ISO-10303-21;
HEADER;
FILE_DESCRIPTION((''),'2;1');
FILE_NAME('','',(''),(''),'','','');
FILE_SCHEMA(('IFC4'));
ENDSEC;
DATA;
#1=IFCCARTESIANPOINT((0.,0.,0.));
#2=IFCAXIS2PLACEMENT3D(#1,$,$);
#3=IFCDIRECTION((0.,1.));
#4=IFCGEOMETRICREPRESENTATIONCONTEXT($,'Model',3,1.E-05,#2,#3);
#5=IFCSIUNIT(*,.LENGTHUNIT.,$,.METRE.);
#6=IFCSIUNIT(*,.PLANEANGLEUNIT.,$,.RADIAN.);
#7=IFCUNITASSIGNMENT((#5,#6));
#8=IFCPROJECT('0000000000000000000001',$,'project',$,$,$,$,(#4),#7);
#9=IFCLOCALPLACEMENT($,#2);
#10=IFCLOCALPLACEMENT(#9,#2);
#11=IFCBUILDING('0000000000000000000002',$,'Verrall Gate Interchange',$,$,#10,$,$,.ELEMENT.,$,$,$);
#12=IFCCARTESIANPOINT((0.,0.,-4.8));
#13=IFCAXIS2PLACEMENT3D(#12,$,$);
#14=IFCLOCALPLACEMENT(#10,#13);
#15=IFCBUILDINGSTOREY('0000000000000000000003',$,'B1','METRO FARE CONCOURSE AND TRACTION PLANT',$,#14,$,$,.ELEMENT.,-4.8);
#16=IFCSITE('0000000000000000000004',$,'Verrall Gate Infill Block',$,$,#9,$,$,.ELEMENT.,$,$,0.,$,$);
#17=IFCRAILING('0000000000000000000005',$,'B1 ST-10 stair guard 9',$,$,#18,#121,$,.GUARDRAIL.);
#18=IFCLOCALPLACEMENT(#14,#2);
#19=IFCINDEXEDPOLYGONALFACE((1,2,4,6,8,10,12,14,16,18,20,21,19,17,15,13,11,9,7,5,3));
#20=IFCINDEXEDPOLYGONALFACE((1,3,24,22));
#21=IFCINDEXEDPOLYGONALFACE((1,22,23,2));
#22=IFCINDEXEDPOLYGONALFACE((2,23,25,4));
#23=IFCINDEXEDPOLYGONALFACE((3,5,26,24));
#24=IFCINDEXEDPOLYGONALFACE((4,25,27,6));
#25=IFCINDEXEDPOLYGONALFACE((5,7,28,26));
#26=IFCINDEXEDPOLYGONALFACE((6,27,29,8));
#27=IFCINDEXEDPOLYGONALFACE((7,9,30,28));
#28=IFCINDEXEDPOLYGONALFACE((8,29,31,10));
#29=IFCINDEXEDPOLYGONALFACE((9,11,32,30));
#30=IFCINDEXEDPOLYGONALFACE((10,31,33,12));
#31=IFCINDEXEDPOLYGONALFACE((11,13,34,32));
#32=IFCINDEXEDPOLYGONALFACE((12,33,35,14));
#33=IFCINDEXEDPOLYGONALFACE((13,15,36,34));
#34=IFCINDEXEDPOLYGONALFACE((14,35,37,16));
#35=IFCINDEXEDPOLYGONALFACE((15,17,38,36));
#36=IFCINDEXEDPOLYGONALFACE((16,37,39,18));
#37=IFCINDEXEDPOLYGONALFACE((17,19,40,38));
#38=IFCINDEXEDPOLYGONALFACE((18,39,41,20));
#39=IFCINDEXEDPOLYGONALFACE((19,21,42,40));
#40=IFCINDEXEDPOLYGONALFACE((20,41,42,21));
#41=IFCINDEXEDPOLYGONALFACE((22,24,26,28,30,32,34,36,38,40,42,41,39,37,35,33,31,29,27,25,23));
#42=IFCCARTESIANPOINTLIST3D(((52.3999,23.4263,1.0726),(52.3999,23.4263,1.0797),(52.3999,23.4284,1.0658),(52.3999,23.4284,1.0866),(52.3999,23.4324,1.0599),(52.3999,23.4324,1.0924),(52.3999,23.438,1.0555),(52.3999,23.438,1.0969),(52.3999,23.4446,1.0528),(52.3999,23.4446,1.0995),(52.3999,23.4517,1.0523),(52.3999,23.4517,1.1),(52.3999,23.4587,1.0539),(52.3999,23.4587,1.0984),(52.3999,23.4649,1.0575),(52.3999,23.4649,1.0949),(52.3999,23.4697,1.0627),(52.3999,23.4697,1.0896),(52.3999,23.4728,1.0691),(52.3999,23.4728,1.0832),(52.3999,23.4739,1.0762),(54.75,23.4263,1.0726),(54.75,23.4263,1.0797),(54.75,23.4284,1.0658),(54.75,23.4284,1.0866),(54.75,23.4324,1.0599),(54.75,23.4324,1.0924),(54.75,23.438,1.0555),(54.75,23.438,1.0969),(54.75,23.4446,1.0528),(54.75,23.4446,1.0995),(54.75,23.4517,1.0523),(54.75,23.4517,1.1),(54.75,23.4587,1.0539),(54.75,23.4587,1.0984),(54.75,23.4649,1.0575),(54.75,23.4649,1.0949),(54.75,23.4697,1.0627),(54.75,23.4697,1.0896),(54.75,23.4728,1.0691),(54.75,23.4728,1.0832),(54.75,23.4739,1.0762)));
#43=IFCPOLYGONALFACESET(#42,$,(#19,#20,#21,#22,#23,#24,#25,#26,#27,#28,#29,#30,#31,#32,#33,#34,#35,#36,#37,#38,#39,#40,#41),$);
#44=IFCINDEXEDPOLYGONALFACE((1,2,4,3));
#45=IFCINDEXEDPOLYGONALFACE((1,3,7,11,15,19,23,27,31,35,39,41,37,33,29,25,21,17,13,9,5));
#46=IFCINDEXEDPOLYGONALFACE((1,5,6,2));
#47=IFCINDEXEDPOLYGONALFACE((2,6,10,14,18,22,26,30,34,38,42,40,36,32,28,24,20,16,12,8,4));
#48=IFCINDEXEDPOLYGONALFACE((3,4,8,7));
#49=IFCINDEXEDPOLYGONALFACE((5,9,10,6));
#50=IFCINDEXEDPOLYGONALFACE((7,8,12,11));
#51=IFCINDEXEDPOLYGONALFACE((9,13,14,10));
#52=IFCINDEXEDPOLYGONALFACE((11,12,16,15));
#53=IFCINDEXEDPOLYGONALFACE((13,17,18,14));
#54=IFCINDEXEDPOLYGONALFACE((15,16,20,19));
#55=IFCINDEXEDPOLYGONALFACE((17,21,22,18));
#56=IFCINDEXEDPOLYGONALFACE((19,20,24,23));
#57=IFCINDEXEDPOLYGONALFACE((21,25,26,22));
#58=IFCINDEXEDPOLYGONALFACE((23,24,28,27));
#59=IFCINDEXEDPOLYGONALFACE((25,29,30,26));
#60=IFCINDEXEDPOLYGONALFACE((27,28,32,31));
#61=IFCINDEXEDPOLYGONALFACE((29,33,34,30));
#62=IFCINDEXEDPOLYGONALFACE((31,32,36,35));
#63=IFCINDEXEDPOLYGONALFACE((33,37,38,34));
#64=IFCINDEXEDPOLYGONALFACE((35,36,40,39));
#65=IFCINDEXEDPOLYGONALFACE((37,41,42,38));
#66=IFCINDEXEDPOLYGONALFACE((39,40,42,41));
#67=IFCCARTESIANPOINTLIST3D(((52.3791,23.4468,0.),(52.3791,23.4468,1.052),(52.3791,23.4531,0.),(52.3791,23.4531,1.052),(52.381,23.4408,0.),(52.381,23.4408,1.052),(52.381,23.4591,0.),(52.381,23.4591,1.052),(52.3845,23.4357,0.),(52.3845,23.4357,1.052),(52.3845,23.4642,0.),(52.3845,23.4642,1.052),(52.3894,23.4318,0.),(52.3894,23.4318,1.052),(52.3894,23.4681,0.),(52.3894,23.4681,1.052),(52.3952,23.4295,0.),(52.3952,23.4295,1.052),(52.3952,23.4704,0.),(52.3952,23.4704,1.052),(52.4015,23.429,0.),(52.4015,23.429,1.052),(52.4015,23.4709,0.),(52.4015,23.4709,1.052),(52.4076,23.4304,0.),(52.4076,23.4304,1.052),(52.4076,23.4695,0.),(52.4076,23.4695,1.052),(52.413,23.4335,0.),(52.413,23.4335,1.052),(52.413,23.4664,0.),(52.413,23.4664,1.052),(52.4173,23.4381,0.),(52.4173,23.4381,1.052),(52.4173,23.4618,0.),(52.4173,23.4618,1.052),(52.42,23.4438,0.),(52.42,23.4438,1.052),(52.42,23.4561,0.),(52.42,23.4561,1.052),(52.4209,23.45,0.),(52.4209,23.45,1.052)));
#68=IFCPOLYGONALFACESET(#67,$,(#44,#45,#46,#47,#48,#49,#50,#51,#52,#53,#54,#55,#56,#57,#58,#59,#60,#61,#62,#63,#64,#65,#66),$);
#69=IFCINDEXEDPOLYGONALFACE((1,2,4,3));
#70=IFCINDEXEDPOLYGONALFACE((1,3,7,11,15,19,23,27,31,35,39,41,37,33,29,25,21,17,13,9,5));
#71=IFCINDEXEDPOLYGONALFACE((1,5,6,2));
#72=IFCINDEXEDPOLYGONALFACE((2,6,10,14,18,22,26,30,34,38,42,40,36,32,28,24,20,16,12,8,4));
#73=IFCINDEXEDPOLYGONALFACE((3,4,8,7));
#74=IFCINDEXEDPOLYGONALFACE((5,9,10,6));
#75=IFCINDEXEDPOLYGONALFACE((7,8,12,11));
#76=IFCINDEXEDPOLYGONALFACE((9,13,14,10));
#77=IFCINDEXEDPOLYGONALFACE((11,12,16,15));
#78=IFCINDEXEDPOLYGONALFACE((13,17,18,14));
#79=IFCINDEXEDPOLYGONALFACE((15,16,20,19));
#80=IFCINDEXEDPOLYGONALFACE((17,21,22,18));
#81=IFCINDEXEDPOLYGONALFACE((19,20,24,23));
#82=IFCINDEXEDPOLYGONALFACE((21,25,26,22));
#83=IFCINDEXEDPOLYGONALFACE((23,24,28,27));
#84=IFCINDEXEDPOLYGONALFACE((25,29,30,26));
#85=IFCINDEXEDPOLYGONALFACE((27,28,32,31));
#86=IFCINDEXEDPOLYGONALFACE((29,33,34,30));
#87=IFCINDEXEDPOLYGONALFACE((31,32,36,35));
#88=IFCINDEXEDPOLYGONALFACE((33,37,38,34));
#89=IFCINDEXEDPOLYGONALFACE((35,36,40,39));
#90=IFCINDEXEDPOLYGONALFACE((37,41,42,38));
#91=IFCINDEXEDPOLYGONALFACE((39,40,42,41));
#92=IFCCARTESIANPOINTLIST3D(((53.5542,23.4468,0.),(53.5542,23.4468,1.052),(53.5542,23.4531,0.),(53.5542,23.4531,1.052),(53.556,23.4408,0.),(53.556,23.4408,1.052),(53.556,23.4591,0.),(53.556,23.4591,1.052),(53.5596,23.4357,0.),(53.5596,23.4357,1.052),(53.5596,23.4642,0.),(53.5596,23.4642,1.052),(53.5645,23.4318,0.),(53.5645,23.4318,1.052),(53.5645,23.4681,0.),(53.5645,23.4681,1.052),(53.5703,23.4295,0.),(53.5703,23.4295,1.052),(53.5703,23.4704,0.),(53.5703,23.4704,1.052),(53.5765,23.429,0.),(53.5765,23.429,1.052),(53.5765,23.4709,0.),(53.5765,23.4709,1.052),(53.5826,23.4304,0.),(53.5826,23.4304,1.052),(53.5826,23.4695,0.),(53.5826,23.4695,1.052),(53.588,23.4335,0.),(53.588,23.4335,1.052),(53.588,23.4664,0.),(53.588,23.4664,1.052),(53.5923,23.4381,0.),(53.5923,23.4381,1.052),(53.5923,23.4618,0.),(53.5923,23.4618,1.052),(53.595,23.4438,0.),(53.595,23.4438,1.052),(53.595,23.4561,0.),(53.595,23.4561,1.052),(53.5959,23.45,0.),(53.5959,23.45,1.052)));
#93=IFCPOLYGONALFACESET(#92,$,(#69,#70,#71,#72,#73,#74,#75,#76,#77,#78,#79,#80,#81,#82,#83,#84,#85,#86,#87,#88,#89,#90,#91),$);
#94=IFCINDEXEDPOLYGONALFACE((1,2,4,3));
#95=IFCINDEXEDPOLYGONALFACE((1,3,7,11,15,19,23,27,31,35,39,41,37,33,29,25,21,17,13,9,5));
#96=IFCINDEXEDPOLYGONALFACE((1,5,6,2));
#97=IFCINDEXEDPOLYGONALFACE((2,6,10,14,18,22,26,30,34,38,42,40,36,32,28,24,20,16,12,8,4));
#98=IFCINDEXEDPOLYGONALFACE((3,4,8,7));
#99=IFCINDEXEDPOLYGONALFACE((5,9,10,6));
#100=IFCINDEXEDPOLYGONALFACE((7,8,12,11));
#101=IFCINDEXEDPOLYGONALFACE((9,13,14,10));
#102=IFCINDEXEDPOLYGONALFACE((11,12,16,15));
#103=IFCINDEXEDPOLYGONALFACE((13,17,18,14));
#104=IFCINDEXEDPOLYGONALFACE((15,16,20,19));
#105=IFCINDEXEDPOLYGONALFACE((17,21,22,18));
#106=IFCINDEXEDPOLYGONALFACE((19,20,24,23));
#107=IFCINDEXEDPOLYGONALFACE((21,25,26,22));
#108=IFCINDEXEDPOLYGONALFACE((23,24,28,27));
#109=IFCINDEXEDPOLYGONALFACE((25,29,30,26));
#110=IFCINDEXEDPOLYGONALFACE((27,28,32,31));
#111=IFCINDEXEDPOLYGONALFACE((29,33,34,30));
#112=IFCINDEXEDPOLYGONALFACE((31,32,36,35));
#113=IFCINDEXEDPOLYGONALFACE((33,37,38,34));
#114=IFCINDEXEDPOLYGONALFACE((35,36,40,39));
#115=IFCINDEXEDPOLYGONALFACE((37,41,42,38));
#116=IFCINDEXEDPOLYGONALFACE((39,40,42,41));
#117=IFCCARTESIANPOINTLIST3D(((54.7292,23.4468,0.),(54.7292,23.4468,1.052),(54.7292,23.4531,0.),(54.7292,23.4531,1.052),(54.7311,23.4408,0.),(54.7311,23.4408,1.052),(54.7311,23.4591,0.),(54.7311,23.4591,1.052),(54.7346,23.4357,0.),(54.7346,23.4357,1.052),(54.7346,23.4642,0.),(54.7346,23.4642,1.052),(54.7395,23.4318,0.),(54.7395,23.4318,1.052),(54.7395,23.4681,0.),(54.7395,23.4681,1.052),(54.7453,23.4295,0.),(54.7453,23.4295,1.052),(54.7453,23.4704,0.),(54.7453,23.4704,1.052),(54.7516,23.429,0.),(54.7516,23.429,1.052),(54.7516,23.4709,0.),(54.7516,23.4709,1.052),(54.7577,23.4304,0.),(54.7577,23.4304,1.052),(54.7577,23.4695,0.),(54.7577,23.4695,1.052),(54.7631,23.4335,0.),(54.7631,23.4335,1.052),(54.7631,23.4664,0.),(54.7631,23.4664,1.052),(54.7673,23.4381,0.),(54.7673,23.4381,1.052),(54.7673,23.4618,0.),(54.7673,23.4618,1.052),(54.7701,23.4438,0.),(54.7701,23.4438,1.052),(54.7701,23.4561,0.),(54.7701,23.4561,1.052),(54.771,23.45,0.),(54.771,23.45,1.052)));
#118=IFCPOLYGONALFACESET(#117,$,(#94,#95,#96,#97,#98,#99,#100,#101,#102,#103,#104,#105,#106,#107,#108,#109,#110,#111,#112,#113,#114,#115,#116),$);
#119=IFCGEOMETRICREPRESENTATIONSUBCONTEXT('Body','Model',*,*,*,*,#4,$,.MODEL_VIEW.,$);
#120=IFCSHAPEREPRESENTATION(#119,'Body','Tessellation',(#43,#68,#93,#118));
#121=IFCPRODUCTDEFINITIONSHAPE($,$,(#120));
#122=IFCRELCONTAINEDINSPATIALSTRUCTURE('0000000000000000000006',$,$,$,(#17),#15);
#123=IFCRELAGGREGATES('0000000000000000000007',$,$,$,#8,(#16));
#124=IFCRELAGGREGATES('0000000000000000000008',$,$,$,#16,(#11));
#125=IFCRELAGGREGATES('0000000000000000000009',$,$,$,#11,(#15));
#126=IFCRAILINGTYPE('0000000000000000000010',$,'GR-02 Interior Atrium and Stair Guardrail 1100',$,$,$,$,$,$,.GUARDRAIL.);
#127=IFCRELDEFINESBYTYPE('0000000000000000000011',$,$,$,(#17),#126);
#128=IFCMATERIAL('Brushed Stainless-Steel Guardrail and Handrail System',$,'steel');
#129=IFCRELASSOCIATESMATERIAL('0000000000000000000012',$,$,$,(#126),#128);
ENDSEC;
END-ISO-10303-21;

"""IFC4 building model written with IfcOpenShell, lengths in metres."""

from ifc_helpers import new_model, si_unit, direction, frame, origin, origin_2d, place, context, subcontext, project, spatial, circle, extrude, material, type_object, element, save


model = new_model("IFC4")

# Units and contexts
model_context = context("Model", 3, precision=1e-05, world=origin(), true_north=direction((0.0, 1.0)))
body_context = subcontext(model_context, "Body", "Model", "MODEL_VIEW")
ifc_project = project(units=[si_unit("LENGTHUNIT", "METRE"), si_unit("PLANEANGLEUNIT", "RADIAN")], contexts=[model_context])

# Site, building, storey
site_placement = place(None, origin())
site = spatial("IfcSite", under=ifc_project, at=site_placement, Name="Verrall Gate Infill Block", CompositionType="ELEMENT", RefElevation=0.0)
building_placement = place(site_placement, origin())
building = spatial("IfcBuilding", under=site, at=building_placement, Name="Verrall Gate Interchange", CompositionType="ELEMENT")
storey_placement = place(building_placement, frame((0.0, 0.0, -4.8)))
storey = spatial("IfcBuildingStorey", under=building, at=storey_placement, Name="B1", Description="METRO FARE CONCOURSE AND TRACTION PLANT", CompositionType="ELEMENT", Elevation=-4.8)

# Railing
ifc_material_1 = material(Name="Brushed Stainless-Steel Guardrail and Handrail System", Category="steel")
railing_type_1 = type_object("IfcRailingType", Name="GR-02 Interior Atrium and Stair Guardrail 1100", PredefinedType="GUARDRAIL", material=ifc_material_1)
for number, where, name in (
    (1, (52.3999, 23.45, 0.0), "B1 ST-10 stair guard 9"),
):
    element("IfcRailing", number, at=place(storey_placement, frame(where)), inside=storey, type_object=railing_type_1, Name=name, PredefinedType="GUARDRAIL", context=body_context, shape_type="SweptSolid", body=[
        extrude(circle(Radius=0.0239, at=origin_2d()), frame((0.0, 0.0, 1.0762), z_axis=(1.0, 0.0, 0.0), x_axis=(0.0, 1.0, 0.0)), (0.0, 0.0, 1.0), 2.3501),
        extrude(circle(Radius=0.021, at=origin_2d()), origin(), (0.0, 0.0, 1.0), 1.052),
        extrude(circle(Radius=0.021, at=origin_2d()), frame((1.175, 0.0, 0.0)), (0.0, 0.0, 1.0), 1.052),
        extrude(circle(Radius=0.021, at=origin_2d()), frame((2.3501, 0.0, 0.0)), (0.0, 0.0, 1.0), 1.052),
    ])

save(model, "model.ifc")
